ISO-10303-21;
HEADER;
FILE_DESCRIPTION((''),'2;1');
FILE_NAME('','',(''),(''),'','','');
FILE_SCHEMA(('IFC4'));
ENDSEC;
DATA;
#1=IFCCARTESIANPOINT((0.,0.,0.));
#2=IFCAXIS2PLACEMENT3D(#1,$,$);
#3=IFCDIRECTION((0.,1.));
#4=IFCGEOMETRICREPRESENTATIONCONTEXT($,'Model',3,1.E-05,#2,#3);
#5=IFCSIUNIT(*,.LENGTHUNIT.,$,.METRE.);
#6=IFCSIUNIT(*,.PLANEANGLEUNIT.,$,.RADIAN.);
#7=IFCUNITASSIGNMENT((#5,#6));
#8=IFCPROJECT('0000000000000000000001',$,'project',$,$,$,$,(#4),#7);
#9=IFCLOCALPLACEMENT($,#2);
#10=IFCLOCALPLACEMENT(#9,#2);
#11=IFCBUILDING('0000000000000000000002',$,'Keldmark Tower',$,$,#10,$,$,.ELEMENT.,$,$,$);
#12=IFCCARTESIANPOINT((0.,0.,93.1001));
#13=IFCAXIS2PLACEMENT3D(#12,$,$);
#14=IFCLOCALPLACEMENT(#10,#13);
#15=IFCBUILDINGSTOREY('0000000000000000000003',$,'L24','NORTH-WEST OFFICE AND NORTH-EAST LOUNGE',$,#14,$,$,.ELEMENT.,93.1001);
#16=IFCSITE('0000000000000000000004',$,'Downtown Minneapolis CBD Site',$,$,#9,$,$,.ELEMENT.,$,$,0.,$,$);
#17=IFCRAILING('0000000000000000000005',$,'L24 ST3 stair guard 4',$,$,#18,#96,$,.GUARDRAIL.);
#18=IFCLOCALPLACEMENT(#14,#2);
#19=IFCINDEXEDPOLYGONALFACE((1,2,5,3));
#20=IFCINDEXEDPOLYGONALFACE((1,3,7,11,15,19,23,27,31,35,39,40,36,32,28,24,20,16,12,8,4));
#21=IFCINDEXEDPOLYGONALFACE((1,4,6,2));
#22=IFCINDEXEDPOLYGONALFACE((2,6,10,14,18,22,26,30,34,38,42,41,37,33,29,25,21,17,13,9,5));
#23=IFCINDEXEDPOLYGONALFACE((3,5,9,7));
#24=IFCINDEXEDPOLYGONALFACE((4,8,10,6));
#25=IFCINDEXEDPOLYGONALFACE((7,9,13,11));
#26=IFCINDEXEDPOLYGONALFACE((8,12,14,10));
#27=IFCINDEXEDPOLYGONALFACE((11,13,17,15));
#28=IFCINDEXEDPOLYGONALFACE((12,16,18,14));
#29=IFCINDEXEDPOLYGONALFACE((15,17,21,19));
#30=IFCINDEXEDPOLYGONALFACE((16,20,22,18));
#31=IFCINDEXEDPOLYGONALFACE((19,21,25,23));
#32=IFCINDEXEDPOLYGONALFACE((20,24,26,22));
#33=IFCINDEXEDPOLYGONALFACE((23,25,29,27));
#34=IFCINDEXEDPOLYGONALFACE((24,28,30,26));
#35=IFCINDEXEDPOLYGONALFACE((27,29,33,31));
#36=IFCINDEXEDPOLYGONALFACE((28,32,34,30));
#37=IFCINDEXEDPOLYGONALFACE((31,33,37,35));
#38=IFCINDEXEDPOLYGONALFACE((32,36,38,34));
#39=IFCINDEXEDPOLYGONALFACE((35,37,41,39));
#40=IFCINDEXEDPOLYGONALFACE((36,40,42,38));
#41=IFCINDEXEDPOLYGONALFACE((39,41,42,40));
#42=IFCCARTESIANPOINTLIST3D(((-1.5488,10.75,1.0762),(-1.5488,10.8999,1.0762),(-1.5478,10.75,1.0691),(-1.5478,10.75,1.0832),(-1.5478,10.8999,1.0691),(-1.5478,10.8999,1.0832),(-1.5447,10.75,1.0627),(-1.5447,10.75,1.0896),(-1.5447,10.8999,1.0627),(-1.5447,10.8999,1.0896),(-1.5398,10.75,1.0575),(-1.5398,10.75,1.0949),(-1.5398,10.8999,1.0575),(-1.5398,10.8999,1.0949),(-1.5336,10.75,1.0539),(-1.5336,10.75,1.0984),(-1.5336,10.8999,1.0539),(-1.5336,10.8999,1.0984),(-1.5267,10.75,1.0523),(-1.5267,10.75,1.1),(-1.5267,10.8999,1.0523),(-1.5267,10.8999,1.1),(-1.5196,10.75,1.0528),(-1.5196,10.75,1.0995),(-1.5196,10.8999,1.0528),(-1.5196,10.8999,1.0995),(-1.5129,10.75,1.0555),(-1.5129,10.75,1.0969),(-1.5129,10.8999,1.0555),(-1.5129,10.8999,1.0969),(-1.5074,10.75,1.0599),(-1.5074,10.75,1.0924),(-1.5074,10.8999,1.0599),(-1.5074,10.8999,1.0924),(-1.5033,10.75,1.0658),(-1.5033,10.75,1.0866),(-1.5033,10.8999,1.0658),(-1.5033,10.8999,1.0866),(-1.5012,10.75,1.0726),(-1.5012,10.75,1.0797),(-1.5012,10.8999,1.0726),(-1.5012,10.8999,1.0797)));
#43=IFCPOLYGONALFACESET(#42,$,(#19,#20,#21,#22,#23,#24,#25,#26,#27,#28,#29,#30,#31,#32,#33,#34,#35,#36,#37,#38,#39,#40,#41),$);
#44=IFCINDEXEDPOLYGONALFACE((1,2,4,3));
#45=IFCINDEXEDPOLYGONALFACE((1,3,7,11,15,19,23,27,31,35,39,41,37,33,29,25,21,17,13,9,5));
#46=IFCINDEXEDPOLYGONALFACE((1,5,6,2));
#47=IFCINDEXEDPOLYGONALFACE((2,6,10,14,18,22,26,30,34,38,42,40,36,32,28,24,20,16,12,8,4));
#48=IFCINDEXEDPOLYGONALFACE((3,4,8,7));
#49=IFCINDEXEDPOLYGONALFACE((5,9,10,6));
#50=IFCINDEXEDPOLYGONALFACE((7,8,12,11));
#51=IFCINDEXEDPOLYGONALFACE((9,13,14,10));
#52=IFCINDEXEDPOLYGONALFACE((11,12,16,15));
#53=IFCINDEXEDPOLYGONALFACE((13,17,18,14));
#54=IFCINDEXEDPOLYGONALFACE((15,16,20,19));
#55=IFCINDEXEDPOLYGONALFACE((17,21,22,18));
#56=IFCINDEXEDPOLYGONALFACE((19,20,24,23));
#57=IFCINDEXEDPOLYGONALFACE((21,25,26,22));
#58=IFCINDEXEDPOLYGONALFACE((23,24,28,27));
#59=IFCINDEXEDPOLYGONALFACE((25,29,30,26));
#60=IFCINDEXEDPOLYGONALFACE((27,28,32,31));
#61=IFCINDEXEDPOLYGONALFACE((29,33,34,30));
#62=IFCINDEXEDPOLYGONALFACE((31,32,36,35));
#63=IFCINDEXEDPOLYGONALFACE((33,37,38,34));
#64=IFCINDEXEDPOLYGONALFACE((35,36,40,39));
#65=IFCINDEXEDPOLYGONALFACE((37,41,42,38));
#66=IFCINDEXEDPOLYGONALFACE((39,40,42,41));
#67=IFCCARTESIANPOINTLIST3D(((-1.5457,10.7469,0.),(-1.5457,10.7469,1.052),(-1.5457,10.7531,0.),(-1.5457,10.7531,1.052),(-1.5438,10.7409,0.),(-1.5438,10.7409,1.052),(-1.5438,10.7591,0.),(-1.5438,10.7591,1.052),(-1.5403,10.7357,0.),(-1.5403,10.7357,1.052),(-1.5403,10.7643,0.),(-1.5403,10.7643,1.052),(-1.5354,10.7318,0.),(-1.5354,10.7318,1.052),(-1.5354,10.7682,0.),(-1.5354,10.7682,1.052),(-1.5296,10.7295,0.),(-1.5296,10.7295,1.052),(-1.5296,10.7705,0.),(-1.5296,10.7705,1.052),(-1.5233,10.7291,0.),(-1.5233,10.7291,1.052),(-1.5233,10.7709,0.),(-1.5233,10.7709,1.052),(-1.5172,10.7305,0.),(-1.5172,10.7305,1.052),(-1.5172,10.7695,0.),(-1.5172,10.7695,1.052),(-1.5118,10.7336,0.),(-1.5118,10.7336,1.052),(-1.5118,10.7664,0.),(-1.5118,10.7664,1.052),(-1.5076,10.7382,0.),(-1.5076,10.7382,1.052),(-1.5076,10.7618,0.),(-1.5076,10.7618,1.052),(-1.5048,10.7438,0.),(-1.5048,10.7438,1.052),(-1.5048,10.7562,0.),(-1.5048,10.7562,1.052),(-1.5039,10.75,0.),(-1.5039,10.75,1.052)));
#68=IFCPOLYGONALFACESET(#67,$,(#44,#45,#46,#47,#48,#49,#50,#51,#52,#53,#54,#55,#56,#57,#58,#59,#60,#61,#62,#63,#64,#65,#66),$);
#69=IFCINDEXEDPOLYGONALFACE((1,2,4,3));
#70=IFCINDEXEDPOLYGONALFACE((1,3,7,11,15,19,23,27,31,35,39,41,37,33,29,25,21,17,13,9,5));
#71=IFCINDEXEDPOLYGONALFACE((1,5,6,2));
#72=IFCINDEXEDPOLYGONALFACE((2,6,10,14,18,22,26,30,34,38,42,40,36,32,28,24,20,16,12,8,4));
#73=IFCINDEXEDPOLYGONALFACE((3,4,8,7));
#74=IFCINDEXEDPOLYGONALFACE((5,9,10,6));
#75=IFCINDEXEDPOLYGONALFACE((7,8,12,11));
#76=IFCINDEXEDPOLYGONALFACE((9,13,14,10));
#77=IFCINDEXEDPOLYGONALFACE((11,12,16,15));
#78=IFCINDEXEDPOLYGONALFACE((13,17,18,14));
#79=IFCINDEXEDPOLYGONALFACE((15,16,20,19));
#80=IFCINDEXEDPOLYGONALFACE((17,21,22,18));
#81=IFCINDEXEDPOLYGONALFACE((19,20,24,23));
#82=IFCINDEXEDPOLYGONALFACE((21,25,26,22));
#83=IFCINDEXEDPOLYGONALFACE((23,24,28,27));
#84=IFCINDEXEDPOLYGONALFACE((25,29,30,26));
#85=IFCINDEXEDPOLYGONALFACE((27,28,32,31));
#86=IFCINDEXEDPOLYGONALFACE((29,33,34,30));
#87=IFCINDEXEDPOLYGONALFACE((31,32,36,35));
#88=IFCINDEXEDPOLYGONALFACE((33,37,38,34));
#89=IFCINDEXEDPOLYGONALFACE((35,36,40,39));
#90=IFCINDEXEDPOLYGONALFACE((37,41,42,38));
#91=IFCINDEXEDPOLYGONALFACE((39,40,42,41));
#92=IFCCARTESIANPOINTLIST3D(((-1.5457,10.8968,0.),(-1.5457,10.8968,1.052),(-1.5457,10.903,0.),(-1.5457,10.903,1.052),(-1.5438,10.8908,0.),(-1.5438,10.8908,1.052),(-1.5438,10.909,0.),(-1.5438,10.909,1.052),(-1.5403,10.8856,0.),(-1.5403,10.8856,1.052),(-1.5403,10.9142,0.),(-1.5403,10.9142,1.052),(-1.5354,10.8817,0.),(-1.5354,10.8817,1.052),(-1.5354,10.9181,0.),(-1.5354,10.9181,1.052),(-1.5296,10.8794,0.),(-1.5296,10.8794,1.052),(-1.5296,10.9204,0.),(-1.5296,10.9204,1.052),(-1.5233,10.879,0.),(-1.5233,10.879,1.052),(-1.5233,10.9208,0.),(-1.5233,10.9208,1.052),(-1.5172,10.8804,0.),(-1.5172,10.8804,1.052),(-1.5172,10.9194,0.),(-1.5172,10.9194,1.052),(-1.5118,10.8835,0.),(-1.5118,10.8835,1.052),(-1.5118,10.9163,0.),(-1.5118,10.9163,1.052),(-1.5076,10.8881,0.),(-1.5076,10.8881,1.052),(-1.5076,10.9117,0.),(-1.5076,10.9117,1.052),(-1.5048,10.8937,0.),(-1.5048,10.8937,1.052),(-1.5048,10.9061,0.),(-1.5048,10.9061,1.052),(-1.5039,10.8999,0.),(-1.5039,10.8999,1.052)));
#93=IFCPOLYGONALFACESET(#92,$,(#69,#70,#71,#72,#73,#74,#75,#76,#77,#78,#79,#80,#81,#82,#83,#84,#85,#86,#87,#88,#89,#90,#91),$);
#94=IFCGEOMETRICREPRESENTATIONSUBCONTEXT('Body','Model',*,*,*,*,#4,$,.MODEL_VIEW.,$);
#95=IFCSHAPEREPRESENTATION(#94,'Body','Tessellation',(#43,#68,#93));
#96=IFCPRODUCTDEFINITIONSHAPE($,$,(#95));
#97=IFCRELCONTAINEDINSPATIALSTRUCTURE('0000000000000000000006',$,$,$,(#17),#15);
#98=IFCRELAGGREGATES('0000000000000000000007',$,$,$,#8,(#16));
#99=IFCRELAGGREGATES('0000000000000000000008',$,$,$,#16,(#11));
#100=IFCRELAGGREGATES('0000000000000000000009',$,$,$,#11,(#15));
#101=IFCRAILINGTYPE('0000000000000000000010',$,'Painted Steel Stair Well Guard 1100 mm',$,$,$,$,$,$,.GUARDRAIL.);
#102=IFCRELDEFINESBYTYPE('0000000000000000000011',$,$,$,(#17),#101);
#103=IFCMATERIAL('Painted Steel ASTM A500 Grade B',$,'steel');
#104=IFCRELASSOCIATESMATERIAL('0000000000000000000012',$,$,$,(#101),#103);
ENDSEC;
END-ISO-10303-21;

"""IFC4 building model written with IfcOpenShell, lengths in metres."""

from ifc_helpers import new_model, si_unit, direction, frame, origin, origin_2d, place, context, subcontext, project, spatial, circle, extrude, material, type_object, element, save


model = new_model("IFC4")

# Units and contexts
model_context = context("Model", 3, precision=1e-05, world=origin(), true_north=direction((0.0, 1.0)))
body_context = subcontext(model_context, "Body", "Model", "MODEL_VIEW")
ifc_project = project(units=[si_unit("LENGTHUNIT", "METRE"), si_unit("PLANEANGLEUNIT", "RADIAN")], contexts=[model_context])

# Site, building, storey
site_placement = place(None, origin())
site = spatial("IfcSite", under=ifc_project, at=site_placement, Name="Downtown Minneapolis CBD Site", CompositionType="ELEMENT", RefElevation=0.0)
building_placement = place(site_placement, origin())
building = spatial("IfcBuilding", under=site, at=building_placement, Name="Keldmark Tower", CompositionType="ELEMENT")
storey_placement = place(building_placement, frame((0.0, 0.0, 93.1001)))
storey = spatial("IfcBuildingStorey", under=building, at=storey_placement, Name="L24", Description="NORTH-WEST OFFICE AND NORTH-EAST LOUNGE", CompositionType="ELEMENT", Elevation=93.1001)

# Railing
ifc_material_1 = material(Name="Painted Steel ASTM A500 Grade B", Category="steel")
railing_type_1 = type_object("IfcRailingType", Name="Painted Steel Stair Well Guard 1100 mm", PredefinedType="GUARDRAIL", material=ifc_material_1)
railing_1_placement = place(storey_placement, frame((-1.5249, 10.75, 0.0)))
element("IfcRailing", 1, at=railing_1_placement, inside=storey, type_object=railing_type_1, Name="L24 ST3 stair guard 4", PredefinedType="GUARDRAIL", context=body_context, shape_type="SweptSolid", body=[
    extrude(circle(Radius=0.0239, at=origin_2d()), frame((0.0, 0.0, 1.0762), z_axis=(0.0, 1.0, 0.0), x_axis=(-1.0, 0.0, 0.0)), (0.0, 0.0, 1.0), 0.1499),
    extrude(circle(Radius=0.021, at=origin_2d()), origin(), (0.0, 0.0, 1.0), 1.052),
    extrude(circle(Radius=0.021, at=origin_2d()), frame((0.0, 0.1499, 0.0)), (0.0, 0.0, 1.0), 1.052),
])

save(model, "model.ifc")
